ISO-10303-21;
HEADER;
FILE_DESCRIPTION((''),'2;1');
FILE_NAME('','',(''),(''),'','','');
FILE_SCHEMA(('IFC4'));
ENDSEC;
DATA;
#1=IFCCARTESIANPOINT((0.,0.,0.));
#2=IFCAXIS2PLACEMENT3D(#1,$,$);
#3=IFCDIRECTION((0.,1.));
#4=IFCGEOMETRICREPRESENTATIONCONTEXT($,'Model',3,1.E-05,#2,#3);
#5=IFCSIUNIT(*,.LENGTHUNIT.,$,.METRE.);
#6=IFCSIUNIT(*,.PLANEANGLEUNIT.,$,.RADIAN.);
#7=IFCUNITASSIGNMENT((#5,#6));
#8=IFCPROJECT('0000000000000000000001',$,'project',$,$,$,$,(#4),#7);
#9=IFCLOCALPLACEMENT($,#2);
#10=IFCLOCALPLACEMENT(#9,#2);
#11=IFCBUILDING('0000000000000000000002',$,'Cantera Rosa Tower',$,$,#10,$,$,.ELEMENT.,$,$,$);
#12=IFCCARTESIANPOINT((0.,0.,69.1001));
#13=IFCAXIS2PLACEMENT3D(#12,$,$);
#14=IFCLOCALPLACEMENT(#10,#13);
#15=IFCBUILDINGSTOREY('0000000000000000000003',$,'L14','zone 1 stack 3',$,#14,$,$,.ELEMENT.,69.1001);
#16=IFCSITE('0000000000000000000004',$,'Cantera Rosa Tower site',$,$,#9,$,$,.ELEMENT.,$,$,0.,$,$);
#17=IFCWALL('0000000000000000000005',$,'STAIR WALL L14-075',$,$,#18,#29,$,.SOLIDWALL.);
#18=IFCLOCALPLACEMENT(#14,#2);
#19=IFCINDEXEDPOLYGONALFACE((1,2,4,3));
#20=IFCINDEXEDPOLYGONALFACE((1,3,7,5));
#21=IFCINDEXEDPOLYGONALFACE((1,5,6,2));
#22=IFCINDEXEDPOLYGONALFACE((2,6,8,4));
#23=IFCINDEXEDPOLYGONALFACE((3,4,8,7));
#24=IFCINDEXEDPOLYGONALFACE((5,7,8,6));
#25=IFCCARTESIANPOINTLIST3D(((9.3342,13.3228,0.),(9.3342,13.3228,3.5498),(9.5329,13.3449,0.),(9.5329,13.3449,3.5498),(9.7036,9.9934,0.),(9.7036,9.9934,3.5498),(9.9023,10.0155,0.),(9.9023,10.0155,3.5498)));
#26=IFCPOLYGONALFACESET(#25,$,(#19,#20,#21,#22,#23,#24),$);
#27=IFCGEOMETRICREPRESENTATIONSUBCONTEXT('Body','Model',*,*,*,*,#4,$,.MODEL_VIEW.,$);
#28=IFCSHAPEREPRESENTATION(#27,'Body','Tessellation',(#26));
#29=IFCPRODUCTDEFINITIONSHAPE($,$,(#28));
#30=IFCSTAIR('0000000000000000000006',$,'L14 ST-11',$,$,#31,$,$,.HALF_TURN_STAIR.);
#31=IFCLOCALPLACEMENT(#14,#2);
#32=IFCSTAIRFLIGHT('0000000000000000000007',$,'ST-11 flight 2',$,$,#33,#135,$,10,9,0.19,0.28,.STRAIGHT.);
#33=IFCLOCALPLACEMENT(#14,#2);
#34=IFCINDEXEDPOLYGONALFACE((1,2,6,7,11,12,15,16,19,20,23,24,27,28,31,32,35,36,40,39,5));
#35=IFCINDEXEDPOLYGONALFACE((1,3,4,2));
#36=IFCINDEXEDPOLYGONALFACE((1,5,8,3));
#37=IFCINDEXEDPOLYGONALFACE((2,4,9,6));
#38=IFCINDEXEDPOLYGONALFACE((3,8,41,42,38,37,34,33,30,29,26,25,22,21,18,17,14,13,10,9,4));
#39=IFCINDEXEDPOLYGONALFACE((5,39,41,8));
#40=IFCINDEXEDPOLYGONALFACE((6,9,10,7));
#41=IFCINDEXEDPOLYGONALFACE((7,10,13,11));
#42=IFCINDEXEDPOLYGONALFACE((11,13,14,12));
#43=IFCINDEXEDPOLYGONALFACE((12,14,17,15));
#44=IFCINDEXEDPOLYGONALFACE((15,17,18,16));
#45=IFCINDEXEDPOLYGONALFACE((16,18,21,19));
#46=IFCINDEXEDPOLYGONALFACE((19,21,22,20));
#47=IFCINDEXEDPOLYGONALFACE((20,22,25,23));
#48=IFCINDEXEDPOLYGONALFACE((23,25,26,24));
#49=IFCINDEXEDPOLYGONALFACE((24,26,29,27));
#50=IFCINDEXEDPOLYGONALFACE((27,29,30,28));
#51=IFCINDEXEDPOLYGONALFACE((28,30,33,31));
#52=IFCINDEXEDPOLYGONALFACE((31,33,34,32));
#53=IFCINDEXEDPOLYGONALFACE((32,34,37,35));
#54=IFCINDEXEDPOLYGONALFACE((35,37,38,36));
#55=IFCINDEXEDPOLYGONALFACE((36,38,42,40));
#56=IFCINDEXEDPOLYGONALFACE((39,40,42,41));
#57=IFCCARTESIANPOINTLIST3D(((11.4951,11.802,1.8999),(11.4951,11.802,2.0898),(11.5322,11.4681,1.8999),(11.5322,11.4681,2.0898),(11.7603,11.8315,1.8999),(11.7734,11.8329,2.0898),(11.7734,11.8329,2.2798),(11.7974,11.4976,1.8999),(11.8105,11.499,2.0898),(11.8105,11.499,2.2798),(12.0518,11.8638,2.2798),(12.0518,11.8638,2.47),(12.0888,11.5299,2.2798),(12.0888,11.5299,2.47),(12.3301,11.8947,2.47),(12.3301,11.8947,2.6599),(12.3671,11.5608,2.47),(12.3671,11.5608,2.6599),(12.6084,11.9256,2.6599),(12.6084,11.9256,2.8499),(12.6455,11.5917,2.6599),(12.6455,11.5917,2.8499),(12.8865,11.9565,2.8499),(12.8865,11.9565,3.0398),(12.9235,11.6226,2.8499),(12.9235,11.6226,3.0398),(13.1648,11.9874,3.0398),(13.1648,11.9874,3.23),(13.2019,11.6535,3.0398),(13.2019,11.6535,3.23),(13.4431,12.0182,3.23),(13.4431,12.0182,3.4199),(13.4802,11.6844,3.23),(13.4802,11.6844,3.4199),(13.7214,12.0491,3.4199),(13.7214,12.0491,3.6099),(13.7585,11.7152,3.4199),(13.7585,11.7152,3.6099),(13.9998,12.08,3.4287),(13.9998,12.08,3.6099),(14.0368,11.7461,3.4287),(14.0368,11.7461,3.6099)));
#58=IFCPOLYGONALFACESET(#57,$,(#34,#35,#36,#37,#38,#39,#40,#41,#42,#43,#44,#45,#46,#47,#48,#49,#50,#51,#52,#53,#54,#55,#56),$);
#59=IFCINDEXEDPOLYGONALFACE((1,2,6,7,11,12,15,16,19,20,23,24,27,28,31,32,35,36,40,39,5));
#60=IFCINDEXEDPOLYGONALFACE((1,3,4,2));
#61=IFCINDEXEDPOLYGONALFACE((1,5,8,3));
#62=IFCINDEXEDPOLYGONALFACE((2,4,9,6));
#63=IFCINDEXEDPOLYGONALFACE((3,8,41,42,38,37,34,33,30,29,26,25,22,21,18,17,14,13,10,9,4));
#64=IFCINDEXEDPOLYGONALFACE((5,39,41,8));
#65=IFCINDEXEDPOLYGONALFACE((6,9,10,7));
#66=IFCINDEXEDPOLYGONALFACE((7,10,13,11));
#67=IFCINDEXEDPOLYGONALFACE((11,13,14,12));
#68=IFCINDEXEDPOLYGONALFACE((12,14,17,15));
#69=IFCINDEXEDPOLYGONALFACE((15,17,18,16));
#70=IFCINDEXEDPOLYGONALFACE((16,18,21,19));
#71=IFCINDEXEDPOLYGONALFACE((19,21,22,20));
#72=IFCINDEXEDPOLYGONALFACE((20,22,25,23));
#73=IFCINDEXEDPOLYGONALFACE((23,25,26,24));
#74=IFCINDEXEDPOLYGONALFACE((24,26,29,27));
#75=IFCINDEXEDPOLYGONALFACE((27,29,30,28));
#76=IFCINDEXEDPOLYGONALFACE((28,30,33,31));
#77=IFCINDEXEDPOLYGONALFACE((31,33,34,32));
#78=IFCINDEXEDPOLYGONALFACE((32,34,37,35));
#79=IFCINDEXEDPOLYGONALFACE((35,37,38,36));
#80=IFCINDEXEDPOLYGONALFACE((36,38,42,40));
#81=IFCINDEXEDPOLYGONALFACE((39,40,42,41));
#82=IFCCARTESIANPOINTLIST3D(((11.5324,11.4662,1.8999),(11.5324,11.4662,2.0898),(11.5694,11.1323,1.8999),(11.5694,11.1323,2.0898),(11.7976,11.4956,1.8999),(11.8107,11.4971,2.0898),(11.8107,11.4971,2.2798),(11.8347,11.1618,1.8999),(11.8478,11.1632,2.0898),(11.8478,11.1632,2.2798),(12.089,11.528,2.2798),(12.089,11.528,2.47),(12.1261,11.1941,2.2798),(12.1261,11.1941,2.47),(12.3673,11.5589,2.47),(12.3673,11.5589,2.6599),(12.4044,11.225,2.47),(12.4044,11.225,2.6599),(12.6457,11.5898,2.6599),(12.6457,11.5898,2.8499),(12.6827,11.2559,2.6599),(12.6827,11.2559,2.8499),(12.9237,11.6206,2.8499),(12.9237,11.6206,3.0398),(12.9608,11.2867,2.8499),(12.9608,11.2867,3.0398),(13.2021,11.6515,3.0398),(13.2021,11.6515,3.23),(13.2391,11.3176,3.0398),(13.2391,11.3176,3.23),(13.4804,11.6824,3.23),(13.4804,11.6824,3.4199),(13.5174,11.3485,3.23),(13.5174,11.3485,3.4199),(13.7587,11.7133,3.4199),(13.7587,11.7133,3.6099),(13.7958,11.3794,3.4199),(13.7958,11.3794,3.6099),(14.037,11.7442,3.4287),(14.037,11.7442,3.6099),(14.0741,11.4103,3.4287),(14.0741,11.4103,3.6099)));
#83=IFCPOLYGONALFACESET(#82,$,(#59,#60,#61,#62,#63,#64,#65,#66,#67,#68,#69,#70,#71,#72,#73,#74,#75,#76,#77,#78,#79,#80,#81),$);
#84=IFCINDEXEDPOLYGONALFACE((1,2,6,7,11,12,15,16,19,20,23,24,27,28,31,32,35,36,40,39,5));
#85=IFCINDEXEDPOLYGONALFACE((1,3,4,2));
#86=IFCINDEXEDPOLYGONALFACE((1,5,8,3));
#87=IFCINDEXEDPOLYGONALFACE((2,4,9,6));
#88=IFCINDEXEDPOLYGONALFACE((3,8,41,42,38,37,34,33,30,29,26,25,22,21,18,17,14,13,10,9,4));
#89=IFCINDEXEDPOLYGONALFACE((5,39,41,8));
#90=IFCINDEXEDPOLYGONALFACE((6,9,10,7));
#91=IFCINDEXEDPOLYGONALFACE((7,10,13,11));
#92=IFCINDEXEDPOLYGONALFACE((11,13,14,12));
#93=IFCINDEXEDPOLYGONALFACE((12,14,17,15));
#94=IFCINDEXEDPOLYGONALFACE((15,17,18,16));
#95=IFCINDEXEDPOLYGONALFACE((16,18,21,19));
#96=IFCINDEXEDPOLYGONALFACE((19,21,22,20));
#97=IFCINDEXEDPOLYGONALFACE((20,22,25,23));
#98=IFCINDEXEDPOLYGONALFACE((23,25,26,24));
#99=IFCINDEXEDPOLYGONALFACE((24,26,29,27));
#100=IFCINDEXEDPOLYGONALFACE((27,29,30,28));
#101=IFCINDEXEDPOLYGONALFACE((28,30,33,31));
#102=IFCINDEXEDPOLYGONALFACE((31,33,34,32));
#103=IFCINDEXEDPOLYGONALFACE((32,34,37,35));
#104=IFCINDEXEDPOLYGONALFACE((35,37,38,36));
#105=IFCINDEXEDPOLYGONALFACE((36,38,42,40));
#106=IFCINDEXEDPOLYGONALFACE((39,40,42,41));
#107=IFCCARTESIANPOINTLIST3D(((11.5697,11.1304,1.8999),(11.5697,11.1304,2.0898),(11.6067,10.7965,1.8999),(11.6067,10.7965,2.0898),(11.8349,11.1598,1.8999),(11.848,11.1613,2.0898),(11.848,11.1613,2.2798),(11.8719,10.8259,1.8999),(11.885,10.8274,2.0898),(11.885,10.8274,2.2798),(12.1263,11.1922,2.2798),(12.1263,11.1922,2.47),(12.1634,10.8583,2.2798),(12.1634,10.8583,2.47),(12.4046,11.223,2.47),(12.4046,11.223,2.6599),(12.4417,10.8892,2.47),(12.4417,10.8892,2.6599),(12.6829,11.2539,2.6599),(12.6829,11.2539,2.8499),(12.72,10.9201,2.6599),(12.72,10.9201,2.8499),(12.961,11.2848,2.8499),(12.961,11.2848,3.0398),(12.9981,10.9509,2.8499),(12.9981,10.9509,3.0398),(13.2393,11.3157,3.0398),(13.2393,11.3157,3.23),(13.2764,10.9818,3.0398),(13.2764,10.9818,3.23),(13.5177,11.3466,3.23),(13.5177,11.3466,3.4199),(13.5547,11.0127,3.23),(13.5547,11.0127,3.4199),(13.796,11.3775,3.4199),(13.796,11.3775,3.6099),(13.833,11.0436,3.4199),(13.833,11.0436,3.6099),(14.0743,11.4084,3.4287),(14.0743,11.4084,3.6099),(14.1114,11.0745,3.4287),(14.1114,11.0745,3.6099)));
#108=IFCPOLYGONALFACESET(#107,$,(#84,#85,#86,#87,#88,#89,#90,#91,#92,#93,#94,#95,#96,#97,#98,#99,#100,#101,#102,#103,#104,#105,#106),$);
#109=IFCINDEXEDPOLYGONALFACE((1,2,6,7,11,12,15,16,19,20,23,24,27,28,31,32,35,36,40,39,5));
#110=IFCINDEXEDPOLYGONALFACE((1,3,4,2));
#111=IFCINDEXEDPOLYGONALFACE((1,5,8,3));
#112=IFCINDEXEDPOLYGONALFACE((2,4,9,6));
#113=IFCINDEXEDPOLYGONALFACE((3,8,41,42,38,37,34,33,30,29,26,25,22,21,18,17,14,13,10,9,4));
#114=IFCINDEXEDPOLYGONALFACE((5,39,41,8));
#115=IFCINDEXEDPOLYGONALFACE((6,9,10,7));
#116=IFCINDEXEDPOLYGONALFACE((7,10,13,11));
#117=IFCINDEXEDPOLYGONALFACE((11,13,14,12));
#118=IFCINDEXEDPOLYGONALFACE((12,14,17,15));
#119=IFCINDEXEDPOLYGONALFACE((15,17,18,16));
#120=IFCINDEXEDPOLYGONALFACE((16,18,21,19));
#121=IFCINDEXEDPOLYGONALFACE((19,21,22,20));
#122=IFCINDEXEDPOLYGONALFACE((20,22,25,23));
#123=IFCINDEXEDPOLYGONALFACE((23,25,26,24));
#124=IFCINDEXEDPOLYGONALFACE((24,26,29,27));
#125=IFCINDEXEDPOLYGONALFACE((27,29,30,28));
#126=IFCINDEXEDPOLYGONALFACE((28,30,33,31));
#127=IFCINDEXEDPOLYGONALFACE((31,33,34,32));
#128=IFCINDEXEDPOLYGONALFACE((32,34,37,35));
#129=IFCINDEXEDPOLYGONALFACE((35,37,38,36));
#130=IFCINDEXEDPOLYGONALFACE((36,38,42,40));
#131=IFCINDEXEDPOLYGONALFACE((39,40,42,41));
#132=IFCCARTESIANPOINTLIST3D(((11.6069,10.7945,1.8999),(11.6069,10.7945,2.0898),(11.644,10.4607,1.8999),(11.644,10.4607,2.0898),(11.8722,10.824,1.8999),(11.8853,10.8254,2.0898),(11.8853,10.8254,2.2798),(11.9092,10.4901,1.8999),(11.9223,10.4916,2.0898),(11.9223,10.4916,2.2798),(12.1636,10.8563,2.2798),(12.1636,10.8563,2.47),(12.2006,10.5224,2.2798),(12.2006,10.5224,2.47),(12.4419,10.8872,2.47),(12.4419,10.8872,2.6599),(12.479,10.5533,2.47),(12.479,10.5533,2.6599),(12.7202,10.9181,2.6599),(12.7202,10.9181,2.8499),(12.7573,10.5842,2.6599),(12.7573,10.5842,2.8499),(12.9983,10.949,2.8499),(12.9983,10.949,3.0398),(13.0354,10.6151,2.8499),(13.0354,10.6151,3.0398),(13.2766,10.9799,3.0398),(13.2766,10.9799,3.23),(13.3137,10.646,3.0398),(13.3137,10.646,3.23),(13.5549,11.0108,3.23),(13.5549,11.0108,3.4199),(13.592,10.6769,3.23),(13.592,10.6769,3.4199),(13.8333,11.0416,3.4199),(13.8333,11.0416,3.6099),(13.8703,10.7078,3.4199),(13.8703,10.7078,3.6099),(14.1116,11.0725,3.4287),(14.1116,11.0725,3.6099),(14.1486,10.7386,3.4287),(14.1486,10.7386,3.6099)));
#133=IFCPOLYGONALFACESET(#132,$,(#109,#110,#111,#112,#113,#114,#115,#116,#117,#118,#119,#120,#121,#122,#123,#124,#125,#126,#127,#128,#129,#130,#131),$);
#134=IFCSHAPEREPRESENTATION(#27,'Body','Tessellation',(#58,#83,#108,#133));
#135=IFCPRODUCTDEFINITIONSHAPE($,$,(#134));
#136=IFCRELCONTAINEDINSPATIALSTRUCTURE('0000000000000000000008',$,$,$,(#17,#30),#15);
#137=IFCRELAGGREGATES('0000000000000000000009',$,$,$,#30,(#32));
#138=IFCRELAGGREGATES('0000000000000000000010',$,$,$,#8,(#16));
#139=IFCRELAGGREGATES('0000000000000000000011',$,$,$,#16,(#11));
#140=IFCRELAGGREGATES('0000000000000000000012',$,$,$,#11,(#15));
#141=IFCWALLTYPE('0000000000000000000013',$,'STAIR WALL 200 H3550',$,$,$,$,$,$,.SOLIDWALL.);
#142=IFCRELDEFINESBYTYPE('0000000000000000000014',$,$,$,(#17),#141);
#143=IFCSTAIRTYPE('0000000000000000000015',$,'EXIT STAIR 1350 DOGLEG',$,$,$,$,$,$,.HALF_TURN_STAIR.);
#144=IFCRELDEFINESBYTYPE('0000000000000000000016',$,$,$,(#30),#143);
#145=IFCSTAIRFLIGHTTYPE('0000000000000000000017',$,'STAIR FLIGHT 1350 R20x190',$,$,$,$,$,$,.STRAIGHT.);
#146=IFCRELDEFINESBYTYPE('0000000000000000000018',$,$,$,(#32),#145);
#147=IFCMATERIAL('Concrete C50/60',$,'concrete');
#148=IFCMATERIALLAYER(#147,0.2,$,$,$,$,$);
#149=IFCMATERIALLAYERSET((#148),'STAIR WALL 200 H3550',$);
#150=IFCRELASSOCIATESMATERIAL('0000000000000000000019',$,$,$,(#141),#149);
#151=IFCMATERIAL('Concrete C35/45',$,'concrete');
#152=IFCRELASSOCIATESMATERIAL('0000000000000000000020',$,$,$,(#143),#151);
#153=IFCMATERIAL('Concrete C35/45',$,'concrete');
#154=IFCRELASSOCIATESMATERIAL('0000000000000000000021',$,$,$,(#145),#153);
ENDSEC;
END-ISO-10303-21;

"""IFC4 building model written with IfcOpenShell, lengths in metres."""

from ifc_helpers import new_model, si_unit, direction, frame, frame_2d, origin, place, context, subcontext, project, spatial, polyline, rectangle, outline, extrude, material, layer, layer_set, type_object, element, aggregate, save


model = new_model("IFC4")

# Units and contexts
model_context = context("Model", 3, precision=1e-05, world=origin(), true_north=direction((0.0, 1.0)))
body_context = subcontext(model_context, "Body", "Model", "MODEL_VIEW")
ifc_project = project(units=[si_unit("LENGTHUNIT", "METRE"), si_unit("PLANEANGLEUNIT", "RADIAN")], contexts=[model_context])

# Site, building, storey
site_placement = place(None, origin())
site = spatial("IfcSite", under=ifc_project, at=site_placement, Name="Cantera Rosa Tower site", CompositionType="ELEMENT", RefElevation=0.0)
building_placement = place(site_placement, origin())
building = spatial("IfcBuilding", under=site, at=building_placement, Name="Cantera Rosa Tower", CompositionType="ELEMENT")
storey_placement = place(building_placement, frame((0.0, 0.0, 69.1001)))
storey = spatial("IfcBuildingStorey", under=building, at=storey_placement, Name="L14", Description="zone 1 stack 3", CompositionType="ELEMENT", Elevation=69.1001)

# Wall
ifc_material_1 = material(Name="Concrete C50/60", Category="concrete")
ifc_layer_1 = layer(ifc_material_1, 0.2)
ifc_layer_set_1 = layer_set([ifc_layer_1], Name="STAIR WALL 200 H3550")
wall_type_1 = type_object("IfcWallType", Name="STAIR WALL 200 H3550", PredefinedType="SOLIDWALL", material=ifc_layer_set_1)
wall_1_placement = place(storey_placement, frame((9.4336, 13.3337, 0.0), z_axis=(0.0, 0.0, 1.0), x_axis=(0.110272, -0.993901, 0.0)))
element("IfcWall", 1, at=wall_1_placement, inside=storey, type_object=wall_type_1, Name="STAIR WALL L14-075", PredefinedType="SOLIDWALL", context=body_context, shape_type="SweptSolid", body=[
    extrude(rectangle(XDim=3.3499, YDim=0.2, at=frame_2d((1.6748, 0.0))), origin(), (0.0, 0.0, 1.0), 3.5498),
])

# Stair, stair flight
ifc_material_2 = material(Name="Concrete C35/45", Category="concrete")
stair_type = type_object("IfcStairType", Name="EXIT STAIR 1350 DOGLEG", PredefinedType="HALF_TURN_STAIR", material=ifc_material_2)
stair_placement = place(storey_placement, origin())
stair = element("IfcStair", 2, at=stair_placement, inside=storey, type_object=stair_type, Name="L14 ST-11", PredefinedType="HALF_TURN_STAIR")
ifc_material_3 = material(Name="Concrete C35/45", Category="concrete")
stair_flight_type = type_object("IfcStairFlightType", Name="STAIR FLIGHT 1350 R20x190", PredefinedType="STRAIGHT", material=ifc_material_3)
stair_flight_placement = place(storey_placement, frame((11.5696, 11.1311, 1.8999), z_axis=(0.0, 0.0, 1.0), x_axis=(0.993897, 0.110313, 0.0)))
stair_flight = element("IfcStairFlight", 3, at=stair_flight_placement, type_object=stair_flight_type, Name="ST-11 flight 2", NumberOfRisers=10, NumberOfTreads=9, PredefinedType="STRAIGHT", RiserHeight=0.19, TreadLength=0.28, context=body_context, shape_type="SweptSolid", body=[
    extrude(outline(polyline([(0.0, 0.0), (0.0, 0.1899), (0.28, 0.1899), (0.28, 0.3799), (0.5601, 0.3799), (0.5601, 0.5701), (0.8401, 0.5701), (0.8401, 0.76), (1.1201, 0.76), (1.1201, 0.95), (1.3999, 0.95), (1.3999, 1.1399), (1.6799, 1.1399), (1.6799, 1.3301), (1.96, 1.3301), (1.96, 1.52), (2.24, 1.52), (2.24, 1.71), (2.52, 1.71), (2.52, 1.8999), (2.52, 1.5288), (0.2668, 0.0), (0.0, 0.0)])), frame((0.0, 0.675, 0.0), z_axis=(0.0, -1.0, 0.0), x_axis=(1.0, 0.0, 0.0)), (0.0, 0.0, 1.0), 0.3359),
    extrude(outline(polyline([(0.0, 0.0), (0.0, 0.1899), (0.28, 0.1899), (0.28, 0.3799), (0.5601, 0.3799), (0.5601, 0.5701), (0.8401, 0.5701), (0.8401, 0.76), (1.1201, 0.76), (1.1201, 0.95), (1.3999, 0.95), (1.3999, 1.1399), (1.6799, 1.1399), (1.6799, 1.3301), (1.96, 1.3301), (1.96, 1.52), (2.24, 1.52), (2.24, 1.71), (2.52, 1.71), (2.52, 1.8999), (2.52, 1.5288), (0.2668, 0.0), (0.0, 0.0)])), frame((0.0, 0.3372, 0.0), z_axis=(0.0, -1.0, 0.0), x_axis=(1.0, 0.0, 0.0)), (0.0, 0.0, 1.0), 0.3359),
    extrude(outline(polyline([(0.0, 0.0), (0.0, 0.1899), (0.28, 0.1899), (0.28, 0.3799), (0.5601, 0.3799), (0.5601, 0.5701), (0.8401, 0.5701), (0.8401, 0.76), (1.1201, 0.76), (1.1201, 0.95), (1.3999, 0.95), (1.3999, 1.1399), (1.6799, 1.1399), (1.6799, 1.3301), (1.96, 1.3301), (1.96, 1.52), (2.24, 1.52), (2.24, 1.71), (2.52, 1.71), (2.52, 1.8999), (2.52, 1.5288), (0.2668, 0.0), (0.0, 0.0)])), frame((0.0, -0.0007, 0.0), z_axis=(0.0, -1.0, 0.0), x_axis=(1.0, 0.0, 0.0)), (0.0, 0.0, 1.0), 0.3359),
    extrude(outline(polyline([(0.0, 0.0), (0.0, 0.1899), (0.28, 0.1899), (0.28, 0.3799), (0.5601, 0.3799), (0.5601, 0.5701), (0.8401, 0.5701), (0.8401, 0.76), (1.1201, 0.76), (1.1201, 0.95), (1.3999, 0.95), (1.3999, 1.1399), (1.6799, 1.1399), (1.6799, 1.3301), (1.96, 1.3301), (1.96, 1.52), (2.24, 1.52), (2.24, 1.71), (2.52, 1.71), (2.52, 1.8999), (2.52, 1.5288), (0.2668, 0.0), (0.0, 0.0)])), frame((0.0, -0.3386, 0.0), z_axis=(0.0, -1.0, 0.0), x_axis=(1.0, 0.0, 0.0)), (0.0, 0.0, 1.0), 0.3359),
])
aggregate(stair, [stair_flight])

save(model, "model.ifc")
